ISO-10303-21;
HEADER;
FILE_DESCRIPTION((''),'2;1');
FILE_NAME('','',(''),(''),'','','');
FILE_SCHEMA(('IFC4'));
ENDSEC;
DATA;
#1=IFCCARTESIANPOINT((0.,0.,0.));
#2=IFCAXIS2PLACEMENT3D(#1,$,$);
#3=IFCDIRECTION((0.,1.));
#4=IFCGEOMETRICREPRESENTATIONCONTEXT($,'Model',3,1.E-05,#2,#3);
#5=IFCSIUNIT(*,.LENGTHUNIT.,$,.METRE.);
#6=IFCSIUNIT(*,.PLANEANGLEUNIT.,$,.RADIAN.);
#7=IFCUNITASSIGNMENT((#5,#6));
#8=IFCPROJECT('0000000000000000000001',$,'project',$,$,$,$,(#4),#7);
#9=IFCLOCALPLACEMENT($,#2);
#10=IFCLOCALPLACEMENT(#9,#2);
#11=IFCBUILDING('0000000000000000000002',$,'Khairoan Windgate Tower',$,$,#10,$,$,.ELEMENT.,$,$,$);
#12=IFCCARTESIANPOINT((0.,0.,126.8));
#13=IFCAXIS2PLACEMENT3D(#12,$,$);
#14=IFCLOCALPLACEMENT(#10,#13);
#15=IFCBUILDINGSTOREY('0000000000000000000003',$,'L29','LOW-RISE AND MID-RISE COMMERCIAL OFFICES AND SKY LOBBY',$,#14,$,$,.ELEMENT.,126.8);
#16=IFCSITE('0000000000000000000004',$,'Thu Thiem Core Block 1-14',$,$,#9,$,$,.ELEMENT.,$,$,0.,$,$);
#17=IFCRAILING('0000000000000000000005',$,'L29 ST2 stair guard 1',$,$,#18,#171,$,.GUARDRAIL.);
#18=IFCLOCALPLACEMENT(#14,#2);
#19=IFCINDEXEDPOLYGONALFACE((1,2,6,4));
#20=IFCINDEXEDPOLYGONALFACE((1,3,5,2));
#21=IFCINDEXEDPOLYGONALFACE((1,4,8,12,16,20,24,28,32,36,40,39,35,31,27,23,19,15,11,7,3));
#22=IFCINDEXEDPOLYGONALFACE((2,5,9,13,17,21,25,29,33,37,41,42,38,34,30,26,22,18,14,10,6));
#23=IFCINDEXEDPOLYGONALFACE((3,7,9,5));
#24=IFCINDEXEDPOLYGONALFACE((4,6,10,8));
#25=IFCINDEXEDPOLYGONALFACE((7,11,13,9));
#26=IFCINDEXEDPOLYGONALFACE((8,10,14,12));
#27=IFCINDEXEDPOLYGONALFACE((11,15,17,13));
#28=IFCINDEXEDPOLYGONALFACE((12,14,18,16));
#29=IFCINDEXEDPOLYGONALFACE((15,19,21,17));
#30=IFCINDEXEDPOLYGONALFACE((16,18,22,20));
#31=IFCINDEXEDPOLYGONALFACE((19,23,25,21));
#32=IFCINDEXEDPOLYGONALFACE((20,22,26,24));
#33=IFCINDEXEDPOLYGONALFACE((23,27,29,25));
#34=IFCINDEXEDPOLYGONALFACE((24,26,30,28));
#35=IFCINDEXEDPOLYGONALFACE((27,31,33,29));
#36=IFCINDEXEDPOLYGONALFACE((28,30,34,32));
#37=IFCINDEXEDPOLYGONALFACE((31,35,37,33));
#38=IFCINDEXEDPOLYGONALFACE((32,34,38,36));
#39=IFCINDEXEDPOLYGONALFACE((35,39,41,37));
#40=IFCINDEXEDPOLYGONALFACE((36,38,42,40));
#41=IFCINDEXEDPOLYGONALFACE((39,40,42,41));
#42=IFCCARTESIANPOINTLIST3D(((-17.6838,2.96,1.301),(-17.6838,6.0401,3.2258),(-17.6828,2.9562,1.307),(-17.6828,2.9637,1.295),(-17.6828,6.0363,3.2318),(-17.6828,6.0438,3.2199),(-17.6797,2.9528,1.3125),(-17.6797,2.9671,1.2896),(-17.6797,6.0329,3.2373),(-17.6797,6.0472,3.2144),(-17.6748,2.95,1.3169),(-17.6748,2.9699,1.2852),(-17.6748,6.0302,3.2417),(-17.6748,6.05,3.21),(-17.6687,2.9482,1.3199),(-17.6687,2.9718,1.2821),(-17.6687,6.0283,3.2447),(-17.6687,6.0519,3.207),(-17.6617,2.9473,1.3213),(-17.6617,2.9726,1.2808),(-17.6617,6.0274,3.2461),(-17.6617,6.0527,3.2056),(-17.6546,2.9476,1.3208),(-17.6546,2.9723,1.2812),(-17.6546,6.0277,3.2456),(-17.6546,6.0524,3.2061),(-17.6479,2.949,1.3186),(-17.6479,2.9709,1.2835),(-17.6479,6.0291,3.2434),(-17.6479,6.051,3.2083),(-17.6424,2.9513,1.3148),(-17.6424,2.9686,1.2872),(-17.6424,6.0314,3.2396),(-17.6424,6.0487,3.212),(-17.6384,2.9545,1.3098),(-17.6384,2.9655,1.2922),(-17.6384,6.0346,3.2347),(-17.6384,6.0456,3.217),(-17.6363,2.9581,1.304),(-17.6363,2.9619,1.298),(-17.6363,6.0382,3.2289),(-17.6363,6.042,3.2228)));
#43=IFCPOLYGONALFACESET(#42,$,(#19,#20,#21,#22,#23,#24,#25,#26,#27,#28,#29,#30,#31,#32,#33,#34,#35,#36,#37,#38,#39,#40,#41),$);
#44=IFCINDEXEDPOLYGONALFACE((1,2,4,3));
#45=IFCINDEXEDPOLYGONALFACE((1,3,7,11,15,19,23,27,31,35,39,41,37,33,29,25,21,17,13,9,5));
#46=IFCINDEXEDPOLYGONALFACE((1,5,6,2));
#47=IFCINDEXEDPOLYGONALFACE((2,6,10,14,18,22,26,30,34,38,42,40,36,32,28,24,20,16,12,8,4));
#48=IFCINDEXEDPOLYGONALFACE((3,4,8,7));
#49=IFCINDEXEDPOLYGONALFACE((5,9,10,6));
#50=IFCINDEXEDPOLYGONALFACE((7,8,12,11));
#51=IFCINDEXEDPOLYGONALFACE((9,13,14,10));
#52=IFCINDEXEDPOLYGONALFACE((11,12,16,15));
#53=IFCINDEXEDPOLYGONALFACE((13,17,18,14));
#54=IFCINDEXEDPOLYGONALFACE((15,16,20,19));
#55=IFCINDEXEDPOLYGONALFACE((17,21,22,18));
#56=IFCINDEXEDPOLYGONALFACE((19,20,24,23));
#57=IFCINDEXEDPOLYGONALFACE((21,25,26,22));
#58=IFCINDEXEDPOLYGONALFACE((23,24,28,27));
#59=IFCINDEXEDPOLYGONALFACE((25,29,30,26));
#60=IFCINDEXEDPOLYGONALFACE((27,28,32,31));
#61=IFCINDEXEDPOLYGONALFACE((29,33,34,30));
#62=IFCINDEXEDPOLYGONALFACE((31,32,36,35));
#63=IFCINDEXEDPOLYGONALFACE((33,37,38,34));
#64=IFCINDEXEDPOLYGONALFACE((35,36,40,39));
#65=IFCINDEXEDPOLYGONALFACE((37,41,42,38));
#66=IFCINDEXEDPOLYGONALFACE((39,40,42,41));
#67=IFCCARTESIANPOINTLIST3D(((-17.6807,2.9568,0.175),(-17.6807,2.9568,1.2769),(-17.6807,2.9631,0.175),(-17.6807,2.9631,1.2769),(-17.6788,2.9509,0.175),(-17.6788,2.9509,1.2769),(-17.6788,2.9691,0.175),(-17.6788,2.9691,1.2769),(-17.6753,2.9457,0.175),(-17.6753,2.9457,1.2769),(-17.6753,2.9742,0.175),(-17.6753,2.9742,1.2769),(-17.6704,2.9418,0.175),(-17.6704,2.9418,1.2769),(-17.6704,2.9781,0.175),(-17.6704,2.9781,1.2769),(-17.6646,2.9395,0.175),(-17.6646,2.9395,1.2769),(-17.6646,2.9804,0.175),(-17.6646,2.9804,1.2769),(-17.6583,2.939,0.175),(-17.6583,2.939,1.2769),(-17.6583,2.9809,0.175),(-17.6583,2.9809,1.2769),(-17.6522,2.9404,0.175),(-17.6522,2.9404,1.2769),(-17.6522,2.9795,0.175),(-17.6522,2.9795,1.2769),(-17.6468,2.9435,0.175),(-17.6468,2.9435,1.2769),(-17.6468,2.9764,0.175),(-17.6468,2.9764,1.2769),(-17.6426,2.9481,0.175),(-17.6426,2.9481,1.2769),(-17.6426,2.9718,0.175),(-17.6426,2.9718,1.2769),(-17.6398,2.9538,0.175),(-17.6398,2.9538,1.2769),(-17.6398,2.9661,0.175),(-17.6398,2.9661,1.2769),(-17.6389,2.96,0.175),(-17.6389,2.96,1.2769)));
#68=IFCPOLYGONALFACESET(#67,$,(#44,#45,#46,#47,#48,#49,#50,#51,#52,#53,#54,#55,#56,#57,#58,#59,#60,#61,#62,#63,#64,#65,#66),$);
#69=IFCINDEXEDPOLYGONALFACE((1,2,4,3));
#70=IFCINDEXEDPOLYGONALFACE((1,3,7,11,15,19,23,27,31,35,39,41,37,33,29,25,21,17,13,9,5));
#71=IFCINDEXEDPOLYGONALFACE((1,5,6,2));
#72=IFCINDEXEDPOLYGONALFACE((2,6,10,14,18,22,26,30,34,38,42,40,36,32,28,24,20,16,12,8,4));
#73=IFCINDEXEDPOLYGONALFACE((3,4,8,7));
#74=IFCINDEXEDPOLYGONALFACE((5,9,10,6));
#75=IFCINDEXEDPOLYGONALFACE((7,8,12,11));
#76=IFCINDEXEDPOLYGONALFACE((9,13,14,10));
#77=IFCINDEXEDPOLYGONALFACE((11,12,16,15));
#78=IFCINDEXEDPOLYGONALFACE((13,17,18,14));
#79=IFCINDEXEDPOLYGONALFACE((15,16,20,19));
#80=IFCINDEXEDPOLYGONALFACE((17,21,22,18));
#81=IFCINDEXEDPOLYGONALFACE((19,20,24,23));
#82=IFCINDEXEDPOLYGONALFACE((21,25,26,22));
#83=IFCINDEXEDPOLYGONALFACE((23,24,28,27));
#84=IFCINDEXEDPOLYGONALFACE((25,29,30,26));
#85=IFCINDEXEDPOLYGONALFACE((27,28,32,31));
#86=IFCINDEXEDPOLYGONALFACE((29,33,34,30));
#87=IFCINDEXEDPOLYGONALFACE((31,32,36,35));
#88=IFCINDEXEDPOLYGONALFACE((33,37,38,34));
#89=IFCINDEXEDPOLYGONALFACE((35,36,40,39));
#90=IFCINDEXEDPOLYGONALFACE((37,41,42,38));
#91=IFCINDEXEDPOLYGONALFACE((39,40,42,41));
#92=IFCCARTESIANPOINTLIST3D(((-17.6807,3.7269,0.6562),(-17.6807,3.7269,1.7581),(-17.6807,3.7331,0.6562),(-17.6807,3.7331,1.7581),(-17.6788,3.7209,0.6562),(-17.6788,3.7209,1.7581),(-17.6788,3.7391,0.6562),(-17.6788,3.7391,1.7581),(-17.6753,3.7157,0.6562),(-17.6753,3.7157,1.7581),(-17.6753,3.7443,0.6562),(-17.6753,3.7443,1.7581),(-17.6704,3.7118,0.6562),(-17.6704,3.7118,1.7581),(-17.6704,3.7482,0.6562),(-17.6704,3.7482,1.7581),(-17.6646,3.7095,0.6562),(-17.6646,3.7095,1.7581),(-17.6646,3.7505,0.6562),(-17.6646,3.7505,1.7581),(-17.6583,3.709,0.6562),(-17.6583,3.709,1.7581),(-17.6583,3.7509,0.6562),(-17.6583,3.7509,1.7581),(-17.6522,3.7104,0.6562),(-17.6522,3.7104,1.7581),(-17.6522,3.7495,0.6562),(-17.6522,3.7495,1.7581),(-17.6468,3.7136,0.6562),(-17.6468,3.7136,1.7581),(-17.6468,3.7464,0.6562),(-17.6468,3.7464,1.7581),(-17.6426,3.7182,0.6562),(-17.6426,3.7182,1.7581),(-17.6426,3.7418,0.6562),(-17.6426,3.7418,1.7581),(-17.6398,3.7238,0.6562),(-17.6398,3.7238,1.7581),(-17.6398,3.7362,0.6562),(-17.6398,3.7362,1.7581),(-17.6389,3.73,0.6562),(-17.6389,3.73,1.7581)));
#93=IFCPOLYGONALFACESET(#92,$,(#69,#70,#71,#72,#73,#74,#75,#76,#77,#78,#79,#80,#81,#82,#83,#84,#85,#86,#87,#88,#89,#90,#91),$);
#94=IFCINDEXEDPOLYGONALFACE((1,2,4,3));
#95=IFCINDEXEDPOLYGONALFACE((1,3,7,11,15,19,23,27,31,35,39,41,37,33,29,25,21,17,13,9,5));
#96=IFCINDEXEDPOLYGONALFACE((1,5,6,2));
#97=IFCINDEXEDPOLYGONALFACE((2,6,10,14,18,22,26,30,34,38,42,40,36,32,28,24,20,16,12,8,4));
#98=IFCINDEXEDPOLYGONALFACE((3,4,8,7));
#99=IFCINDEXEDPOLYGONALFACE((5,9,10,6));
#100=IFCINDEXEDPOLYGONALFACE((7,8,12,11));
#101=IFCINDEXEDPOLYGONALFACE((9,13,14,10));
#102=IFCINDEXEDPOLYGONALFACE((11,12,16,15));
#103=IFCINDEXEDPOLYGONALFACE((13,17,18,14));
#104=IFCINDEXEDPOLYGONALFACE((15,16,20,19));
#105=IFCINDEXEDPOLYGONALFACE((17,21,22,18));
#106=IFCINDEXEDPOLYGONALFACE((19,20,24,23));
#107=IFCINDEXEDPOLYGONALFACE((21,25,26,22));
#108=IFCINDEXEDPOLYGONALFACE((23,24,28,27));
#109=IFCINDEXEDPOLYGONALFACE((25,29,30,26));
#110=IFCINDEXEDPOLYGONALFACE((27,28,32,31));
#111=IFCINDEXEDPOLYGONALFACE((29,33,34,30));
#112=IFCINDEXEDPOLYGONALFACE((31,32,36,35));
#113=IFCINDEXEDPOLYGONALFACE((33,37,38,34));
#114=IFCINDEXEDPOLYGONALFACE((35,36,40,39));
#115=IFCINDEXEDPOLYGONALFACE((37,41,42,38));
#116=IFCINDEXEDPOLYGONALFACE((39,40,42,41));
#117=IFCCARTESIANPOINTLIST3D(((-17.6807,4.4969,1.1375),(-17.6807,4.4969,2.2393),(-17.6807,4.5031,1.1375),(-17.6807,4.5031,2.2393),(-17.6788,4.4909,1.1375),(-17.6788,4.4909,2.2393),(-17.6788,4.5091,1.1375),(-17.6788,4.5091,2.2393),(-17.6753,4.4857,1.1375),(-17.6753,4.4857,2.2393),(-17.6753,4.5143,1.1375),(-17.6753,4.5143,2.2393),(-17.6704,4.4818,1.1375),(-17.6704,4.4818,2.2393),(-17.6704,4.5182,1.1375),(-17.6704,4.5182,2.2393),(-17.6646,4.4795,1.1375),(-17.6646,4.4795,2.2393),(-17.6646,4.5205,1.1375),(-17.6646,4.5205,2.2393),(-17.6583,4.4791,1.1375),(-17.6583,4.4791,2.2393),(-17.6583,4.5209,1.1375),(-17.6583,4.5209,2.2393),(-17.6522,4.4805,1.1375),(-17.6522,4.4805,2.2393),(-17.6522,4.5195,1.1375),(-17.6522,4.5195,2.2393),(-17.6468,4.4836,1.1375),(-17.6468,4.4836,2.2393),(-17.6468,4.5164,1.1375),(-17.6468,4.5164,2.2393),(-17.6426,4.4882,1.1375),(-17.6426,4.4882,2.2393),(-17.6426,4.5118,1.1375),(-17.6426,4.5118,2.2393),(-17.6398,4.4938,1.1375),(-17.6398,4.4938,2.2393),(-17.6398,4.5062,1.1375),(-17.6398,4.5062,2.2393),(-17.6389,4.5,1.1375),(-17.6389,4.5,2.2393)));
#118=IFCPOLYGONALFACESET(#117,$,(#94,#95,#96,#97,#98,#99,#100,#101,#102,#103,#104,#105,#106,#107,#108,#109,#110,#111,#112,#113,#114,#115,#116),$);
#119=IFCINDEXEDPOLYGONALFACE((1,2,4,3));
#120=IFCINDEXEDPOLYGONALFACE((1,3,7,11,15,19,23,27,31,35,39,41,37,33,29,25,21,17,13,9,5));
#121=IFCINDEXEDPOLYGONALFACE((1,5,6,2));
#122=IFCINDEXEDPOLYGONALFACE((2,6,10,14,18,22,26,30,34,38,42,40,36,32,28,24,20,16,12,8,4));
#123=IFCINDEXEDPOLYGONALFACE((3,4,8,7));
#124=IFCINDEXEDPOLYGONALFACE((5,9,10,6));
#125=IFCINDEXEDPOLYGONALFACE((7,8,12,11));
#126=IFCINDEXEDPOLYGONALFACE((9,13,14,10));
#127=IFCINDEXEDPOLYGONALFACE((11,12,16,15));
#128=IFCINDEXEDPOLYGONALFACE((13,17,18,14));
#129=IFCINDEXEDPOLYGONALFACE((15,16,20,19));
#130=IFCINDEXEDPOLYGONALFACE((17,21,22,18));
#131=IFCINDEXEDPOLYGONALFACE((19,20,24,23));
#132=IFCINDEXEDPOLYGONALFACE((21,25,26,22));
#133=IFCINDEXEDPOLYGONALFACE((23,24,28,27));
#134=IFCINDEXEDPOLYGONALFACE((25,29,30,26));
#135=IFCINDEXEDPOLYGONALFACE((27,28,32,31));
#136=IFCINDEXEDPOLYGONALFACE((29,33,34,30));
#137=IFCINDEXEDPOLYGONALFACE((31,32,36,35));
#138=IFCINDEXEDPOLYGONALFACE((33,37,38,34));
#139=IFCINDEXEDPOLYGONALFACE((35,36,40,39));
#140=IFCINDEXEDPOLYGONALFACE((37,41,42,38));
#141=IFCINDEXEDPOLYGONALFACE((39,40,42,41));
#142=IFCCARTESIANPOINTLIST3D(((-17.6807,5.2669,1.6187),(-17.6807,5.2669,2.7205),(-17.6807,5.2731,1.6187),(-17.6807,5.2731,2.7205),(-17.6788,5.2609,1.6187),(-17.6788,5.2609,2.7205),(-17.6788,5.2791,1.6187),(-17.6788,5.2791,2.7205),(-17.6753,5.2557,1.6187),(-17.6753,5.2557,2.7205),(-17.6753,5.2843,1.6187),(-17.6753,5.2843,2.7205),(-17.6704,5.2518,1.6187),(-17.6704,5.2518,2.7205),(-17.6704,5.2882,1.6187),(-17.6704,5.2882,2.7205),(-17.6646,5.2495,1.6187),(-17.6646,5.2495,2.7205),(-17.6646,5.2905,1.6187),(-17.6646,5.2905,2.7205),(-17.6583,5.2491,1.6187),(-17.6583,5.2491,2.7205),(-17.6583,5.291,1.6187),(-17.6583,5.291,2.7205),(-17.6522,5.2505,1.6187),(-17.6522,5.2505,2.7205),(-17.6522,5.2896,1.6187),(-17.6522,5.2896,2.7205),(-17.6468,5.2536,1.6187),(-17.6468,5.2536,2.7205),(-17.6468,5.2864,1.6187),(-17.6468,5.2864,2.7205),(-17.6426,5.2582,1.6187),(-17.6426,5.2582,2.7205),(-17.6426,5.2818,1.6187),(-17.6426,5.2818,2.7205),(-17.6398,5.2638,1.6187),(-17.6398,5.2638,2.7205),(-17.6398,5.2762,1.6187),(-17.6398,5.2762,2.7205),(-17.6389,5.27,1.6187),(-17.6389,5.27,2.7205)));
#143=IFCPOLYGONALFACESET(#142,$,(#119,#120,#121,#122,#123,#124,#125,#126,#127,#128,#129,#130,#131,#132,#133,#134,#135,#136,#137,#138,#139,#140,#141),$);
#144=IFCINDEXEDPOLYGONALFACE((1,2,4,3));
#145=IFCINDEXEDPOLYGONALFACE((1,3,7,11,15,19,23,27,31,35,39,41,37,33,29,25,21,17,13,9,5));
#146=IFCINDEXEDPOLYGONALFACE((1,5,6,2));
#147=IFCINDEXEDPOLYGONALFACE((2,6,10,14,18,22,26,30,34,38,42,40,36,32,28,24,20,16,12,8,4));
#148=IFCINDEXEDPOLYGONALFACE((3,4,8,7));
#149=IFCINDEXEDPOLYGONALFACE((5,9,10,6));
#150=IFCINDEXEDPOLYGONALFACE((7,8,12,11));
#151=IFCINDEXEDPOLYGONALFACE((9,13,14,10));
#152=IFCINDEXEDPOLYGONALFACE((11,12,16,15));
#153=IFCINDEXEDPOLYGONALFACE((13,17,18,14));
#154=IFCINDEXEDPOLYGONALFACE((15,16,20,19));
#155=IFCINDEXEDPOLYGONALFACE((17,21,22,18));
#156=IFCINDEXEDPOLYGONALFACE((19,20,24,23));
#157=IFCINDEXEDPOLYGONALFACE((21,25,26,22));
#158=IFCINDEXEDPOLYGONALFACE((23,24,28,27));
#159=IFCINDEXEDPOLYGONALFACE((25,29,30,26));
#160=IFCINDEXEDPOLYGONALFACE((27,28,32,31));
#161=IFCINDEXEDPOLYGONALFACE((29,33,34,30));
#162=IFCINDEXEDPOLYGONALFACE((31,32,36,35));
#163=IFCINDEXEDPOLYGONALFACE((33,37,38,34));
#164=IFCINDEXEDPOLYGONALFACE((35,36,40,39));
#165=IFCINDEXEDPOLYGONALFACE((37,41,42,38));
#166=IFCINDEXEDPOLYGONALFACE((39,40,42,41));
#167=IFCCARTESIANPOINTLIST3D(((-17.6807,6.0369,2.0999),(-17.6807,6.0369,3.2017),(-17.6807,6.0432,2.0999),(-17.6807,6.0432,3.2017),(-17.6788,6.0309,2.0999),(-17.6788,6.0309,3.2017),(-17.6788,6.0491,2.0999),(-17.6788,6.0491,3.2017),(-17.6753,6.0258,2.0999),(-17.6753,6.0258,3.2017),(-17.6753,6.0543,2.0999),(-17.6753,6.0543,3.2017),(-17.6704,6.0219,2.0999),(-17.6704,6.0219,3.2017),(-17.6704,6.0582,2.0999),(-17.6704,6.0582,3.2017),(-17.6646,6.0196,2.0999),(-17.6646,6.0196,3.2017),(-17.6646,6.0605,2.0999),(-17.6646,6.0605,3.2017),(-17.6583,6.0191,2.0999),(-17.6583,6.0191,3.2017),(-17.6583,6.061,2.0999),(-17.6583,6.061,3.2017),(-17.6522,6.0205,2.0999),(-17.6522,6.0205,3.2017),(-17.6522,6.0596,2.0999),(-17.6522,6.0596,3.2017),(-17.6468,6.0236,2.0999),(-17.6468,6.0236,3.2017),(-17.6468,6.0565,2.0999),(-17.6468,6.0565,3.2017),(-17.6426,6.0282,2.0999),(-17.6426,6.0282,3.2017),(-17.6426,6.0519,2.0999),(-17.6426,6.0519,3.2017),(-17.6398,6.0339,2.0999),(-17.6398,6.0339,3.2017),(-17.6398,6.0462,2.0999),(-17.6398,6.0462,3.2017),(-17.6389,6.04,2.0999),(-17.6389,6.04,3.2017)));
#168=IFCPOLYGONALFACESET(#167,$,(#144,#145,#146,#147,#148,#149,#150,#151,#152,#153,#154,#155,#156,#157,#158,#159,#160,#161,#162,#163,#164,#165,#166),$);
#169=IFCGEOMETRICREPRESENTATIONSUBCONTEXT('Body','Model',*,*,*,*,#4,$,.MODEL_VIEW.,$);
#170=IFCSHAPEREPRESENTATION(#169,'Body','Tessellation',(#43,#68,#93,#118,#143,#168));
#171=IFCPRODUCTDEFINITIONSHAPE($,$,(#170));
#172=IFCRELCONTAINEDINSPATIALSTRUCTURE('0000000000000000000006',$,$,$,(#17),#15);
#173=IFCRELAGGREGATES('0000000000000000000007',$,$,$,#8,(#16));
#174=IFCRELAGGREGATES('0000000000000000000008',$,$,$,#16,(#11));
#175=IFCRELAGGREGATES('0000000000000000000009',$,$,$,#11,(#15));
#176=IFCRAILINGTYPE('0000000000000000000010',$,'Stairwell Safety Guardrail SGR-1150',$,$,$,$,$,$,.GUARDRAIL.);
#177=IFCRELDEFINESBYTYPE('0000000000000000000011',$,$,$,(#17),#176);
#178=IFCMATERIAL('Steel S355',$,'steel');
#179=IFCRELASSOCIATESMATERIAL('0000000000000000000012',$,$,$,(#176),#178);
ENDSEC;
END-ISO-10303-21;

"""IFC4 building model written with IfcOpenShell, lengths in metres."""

from ifc_helpers import new_model, si_unit, direction, frame, origin, origin_2d, place, context, subcontext, project, spatial, circle, extrude, material, type_object, element, save


model = new_model("IFC4")

# Units and contexts
model_context = context("Model", 3, precision=1e-05, world=origin(), true_north=direction((0.0, 1.0)))
body_context = subcontext(model_context, "Body", "Model", "MODEL_VIEW")
ifc_project = project(units=[si_unit("LENGTHUNIT", "METRE"), si_unit("PLANEANGLEUNIT", "RADIAN")], contexts=[model_context])

# Site, building, storey
site_placement = place(None, origin())
site = spatial("IfcSite", under=ifc_project, at=site_placement, Name="Thu Thiem Core Block 1-14", CompositionType="ELEMENT", RefElevation=0.0)
building_placement = place(site_placement, origin())
building = spatial("IfcBuilding", under=site, at=building_placement, Name="Khairoan Windgate Tower", CompositionType="ELEMENT")
storey_placement = place(building_placement, frame((0.0, 0.0, 126.8)))
storey = spatial("IfcBuildingStorey", under=building, at=storey_placement, Name="L29", Description="LOW-RISE AND MID-RISE COMMERCIAL OFFICES AND SKY LOBBY", CompositionType="ELEMENT", Elevation=126.8)

# Railing
ifc_material_1 = material(Name="Steel S355", Category="steel")
railing_type_1 = type_object("IfcRailingType", Name="Stairwell Safety Guardrail SGR-1150", PredefinedType="GUARDRAIL", material=ifc_material_1)
railing_1_placement = place(storey_placement, frame((-17.6599, 2.96, 0.175)))
element("IfcRailing", 1, at=railing_1_placement, inside=storey, type_object=railing_type_1, Name="L29 ST2 stair guard 1", PredefinedType="GUARDRAIL", context=body_context, shape_type="SweptSolid", body=[
    extrude(circle(Radius=0.0239, at=origin_2d()), frame((0.0, 0.0, 1.126), z_axis=(0.0, 0.848029, 0.529951), x_axis=(-1.0, 0.0, 0.0)), (0.0, 0.0, 1.0), 3.6321),
    extrude(circle(Radius=0.021, at=origin_2d()), origin(), (0.0, 0.0, 1.0), 1.1018),
    extrude(circle(Radius=0.021, at=origin_2d()), frame((0.0, 0.77, 0.4812)), (0.0, 0.0, 1.0), 1.1018),
    extrude(circle(Radius=0.021, at=origin_2d()), frame((0.0, 1.54, 0.9624)), (0.0, 0.0, 1.0), 1.1018),
    extrude(circle(Radius=0.021, at=origin_2d()), frame((0.0, 2.3101, 1.4436)), (0.0, 0.0, 1.0), 1.1018),
    extrude(circle(Radius=0.021, at=origin_2d()), frame((0.0, 3.0801, 1.9248)), (0.0, 0.0, 1.0), 1.1018),
])

save(model, "model.ifc")
